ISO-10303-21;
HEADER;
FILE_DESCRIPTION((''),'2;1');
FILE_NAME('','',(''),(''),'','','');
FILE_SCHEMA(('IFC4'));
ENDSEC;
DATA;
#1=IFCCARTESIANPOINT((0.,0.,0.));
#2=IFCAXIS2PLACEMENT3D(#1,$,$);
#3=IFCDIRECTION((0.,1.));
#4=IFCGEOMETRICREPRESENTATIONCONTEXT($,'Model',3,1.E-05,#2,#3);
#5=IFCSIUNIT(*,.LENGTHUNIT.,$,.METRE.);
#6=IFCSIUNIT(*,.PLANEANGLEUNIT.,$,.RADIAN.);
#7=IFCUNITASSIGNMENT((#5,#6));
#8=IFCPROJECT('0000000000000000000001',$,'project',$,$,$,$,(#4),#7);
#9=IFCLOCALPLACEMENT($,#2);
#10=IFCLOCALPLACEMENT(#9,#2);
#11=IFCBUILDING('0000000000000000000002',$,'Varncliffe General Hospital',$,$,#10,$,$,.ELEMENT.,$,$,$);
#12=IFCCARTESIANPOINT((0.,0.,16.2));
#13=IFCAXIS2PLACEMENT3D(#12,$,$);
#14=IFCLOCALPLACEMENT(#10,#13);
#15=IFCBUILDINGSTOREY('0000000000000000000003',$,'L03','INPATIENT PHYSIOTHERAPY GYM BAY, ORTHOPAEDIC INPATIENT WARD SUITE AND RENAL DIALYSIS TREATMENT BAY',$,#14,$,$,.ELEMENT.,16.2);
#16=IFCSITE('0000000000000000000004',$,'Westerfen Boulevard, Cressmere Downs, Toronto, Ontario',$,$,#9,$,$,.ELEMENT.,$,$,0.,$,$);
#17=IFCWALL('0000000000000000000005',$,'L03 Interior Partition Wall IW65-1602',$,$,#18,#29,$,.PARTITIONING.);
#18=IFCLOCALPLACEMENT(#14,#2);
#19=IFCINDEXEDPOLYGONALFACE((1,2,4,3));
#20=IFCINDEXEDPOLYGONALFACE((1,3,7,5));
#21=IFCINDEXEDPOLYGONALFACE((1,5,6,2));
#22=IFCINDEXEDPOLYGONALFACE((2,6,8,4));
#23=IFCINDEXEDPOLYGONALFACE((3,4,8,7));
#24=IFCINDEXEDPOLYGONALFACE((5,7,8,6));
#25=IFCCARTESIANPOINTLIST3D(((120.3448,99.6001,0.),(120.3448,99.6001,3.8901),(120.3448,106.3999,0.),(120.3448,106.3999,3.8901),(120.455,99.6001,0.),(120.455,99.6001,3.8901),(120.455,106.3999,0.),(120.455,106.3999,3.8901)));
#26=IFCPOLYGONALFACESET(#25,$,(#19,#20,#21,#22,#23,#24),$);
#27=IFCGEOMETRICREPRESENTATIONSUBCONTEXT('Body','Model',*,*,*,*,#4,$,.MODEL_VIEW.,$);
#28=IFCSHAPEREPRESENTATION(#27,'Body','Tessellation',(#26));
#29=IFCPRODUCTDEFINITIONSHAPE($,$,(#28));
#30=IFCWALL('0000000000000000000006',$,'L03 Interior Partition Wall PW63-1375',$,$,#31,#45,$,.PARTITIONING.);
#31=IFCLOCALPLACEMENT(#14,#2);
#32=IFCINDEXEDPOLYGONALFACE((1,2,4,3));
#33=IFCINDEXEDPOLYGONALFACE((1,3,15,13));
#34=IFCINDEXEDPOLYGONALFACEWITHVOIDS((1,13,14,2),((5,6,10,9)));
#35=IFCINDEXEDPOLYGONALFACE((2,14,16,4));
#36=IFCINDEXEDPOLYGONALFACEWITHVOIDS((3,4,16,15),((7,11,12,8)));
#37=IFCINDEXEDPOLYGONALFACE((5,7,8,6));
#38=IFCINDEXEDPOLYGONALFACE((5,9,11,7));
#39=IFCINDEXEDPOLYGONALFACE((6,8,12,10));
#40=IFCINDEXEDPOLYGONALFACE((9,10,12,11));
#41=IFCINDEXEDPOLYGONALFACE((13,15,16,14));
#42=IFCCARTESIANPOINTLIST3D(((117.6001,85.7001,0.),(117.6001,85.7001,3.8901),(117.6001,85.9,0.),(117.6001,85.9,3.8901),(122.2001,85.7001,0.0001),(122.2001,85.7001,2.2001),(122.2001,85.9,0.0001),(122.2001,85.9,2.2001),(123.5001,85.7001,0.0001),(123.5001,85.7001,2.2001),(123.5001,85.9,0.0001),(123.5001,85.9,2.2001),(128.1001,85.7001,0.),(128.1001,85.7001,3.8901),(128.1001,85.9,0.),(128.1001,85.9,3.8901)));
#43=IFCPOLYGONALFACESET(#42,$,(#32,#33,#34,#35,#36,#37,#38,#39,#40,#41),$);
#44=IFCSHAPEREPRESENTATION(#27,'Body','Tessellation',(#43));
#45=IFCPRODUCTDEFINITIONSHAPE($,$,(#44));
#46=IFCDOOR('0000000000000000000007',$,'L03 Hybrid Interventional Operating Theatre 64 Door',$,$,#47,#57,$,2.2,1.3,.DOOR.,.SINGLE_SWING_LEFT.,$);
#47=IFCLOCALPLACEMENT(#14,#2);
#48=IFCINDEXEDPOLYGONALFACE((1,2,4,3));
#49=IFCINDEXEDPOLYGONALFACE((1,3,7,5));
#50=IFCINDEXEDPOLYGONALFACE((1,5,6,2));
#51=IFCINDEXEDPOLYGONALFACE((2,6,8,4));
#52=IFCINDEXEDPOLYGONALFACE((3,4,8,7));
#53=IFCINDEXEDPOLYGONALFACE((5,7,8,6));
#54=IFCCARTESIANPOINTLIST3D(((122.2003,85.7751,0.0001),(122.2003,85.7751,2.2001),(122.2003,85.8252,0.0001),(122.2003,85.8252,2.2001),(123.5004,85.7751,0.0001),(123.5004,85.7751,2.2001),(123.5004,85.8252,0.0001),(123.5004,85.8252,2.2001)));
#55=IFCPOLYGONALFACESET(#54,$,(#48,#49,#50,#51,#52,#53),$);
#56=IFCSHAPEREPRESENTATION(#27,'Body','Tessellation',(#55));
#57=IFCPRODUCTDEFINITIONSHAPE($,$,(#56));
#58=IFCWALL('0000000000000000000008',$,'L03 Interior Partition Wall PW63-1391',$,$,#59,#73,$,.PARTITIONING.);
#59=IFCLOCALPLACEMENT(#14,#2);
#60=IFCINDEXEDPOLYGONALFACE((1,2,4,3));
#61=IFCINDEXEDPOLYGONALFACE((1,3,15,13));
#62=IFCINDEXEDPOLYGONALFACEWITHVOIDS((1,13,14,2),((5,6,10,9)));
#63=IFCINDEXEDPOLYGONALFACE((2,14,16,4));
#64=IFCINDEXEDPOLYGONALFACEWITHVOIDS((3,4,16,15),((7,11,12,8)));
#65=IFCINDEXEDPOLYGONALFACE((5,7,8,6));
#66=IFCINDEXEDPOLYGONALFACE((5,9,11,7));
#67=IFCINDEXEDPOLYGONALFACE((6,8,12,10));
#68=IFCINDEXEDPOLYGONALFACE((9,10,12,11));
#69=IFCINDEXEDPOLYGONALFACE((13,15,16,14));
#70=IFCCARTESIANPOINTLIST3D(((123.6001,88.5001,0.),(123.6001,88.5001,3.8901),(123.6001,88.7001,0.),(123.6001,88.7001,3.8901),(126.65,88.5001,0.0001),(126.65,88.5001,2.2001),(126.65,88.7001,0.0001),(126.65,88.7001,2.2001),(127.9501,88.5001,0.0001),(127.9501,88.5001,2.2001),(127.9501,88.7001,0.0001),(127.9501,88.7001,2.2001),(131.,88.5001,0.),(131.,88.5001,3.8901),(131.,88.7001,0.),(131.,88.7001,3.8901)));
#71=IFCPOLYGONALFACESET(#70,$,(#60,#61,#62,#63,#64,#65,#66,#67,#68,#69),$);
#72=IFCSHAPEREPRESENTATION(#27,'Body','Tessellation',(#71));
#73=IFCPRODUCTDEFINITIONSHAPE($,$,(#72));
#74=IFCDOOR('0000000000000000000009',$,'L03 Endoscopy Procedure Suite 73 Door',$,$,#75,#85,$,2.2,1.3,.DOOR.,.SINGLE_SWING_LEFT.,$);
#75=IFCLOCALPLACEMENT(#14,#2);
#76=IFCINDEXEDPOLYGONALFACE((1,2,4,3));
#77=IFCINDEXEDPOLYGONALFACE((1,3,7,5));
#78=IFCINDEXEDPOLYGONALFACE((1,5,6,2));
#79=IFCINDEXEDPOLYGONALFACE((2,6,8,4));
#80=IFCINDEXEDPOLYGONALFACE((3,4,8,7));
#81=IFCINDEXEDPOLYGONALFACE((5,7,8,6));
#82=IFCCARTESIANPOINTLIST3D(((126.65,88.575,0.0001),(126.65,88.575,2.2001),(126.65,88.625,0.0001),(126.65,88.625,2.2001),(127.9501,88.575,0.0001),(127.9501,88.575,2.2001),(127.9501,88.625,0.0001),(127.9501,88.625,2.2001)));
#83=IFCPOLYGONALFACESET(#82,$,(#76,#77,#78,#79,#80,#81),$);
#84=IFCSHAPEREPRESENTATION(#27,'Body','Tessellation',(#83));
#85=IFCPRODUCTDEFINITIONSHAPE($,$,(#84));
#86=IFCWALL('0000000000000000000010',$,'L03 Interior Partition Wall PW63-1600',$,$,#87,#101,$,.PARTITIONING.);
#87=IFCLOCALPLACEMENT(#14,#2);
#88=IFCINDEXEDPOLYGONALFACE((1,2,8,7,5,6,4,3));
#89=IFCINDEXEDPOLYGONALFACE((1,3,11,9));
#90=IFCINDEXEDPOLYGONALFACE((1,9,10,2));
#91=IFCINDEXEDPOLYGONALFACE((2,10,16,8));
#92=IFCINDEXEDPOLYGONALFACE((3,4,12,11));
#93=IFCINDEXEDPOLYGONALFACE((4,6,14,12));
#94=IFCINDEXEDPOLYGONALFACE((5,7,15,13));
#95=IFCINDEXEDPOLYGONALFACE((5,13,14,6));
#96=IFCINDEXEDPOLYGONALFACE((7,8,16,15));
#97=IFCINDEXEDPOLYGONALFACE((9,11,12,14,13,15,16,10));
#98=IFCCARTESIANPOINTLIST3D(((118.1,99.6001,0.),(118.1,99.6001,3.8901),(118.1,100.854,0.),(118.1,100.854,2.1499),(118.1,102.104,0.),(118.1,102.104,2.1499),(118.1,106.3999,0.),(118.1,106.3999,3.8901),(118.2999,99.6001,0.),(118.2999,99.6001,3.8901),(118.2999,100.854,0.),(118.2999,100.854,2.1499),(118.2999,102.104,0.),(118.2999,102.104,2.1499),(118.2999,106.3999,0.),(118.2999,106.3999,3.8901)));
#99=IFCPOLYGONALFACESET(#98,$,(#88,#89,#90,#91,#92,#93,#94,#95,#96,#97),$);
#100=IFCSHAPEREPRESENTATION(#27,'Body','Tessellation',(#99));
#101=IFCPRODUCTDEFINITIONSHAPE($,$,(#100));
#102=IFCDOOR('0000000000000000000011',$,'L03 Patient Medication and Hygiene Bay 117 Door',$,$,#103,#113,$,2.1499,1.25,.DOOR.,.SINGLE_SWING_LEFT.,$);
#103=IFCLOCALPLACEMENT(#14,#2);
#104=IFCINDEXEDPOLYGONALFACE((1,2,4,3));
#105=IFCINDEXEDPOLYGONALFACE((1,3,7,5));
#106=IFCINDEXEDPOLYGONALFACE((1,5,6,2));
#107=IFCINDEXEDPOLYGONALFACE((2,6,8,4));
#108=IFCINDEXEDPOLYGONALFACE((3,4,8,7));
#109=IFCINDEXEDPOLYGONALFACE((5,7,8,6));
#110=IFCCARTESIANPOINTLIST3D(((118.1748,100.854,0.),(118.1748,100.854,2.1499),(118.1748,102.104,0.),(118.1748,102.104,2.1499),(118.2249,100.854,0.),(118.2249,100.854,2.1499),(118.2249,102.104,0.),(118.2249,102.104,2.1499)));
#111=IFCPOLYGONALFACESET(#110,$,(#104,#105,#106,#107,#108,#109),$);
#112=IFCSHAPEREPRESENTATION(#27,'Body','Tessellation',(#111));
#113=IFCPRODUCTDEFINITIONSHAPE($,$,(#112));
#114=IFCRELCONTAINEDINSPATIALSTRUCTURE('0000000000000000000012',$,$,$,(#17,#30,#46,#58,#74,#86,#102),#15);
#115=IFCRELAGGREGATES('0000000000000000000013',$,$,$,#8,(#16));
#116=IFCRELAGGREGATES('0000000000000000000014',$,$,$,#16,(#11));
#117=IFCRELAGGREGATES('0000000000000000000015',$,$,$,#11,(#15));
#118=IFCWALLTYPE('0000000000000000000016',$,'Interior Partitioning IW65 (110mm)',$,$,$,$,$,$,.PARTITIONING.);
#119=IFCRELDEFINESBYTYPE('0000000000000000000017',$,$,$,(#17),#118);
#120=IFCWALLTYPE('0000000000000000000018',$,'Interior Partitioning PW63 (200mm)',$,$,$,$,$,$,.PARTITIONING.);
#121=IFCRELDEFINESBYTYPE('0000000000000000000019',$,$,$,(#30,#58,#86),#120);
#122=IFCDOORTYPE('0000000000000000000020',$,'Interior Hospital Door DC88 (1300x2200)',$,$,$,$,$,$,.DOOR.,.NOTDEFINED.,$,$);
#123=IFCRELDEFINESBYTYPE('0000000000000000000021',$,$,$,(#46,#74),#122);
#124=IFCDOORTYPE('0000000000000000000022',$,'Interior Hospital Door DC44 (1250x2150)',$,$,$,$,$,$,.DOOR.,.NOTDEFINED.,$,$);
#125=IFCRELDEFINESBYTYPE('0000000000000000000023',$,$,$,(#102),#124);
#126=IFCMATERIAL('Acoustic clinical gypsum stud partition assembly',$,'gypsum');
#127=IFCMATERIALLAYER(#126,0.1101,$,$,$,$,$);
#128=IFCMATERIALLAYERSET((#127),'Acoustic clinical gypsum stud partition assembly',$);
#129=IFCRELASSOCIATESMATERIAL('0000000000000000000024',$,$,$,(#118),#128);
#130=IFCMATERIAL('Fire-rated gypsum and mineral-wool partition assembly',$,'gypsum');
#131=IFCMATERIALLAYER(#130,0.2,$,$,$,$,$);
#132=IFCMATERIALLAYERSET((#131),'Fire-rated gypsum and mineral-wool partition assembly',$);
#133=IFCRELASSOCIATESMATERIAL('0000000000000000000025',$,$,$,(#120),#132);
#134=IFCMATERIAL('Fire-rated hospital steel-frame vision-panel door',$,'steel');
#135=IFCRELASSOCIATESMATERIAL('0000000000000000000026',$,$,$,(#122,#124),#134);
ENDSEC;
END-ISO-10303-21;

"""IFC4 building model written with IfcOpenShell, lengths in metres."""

from ifc_helpers import new_model, si_unit, direction, frame, frame_2d, origin, place, context, subcontext, project, spatial, rectangle, extrude, material, layer, layer_set, type_object, element, fill, save


model = new_model("IFC4")

# Units and contexts
model_context = context("Model", 3, precision=1e-05, world=origin(), true_north=direction((0.0, 1.0)))
body_context = subcontext(model_context, "Body", "Model", "MODEL_VIEW")
ifc_project = project(units=[si_unit("LENGTHUNIT", "METRE"), si_unit("PLANEANGLEUNIT", "RADIAN")], contexts=[model_context])

# Site, building, storey
site_placement = place(None, origin())
site = spatial("IfcSite", under=ifc_project, at=site_placement, Name="Westerfen Boulevard, Cressmere Downs, Toronto, Ontario", CompositionType="ELEMENT", RefElevation=0.0)
building_placement = place(site_placement, origin())
building = spatial("IfcBuilding", under=site, at=building_placement, Name="Varncliffe General Hospital", CompositionType="ELEMENT")
storey_placement = place(building_placement, frame((0.0, 0.0, 16.2)))
storey = spatial("IfcBuildingStorey", under=building, at=storey_placement, Name="L03", Description="INPATIENT PHYSIOTHERAPY GYM BAY, ORTHOPAEDIC INPATIENT WARD SUITE AND RENAL DIALYSIS TREATMENT BAY", CompositionType="ELEMENT", Elevation=16.2)

# Wall
ifc_material_1 = material(Name="Acoustic clinical gypsum stud partition assembly", Category="gypsum")
ifc_layer_1 = layer(ifc_material_1, 0.1101)
ifc_layer_set_1 = layer_set([ifc_layer_1], Name="Acoustic clinical gypsum stud partition assembly")
wall_type_1 = type_object("IfcWallType", Name="Interior Partitioning IW65 (110mm)", PredefinedType="PARTITIONING", material=ifc_layer_set_1)
wall_1_placement = place(storey_placement, frame((120.3999, 99.6001, 0.0), z_axis=(0.0, 0.0, 1.0), x_axis=(0.0, 1.0, 0.0)))
element("IfcWall", 1, at=wall_1_placement, inside=storey, type_object=wall_type_1, Name="L03 Interior Partition Wall IW65-1602", PredefinedType="PARTITIONING", context=body_context, shape_type="SweptSolid", body=[
    extrude(rectangle(XDim=6.7998, YDim=0.1101, at=frame_2d((3.3999, 0.0))), origin(), (0.0, 0.0, 1.0), 3.8901),
])

# Walls, openings, doors
ifc_material_2 = material(Name="Fire-rated gypsum and mineral-wool partition assembly", Category="gypsum")
ifc_layer_2 = layer(ifc_material_2, 0.2)
ifc_layer_set_2 = layer_set([ifc_layer_2], Name="Fire-rated gypsum and mineral-wool partition assembly")
wall_type_2 = type_object("IfcWallType", Name="Interior Partitioning PW63 (200mm)", PredefinedType="PARTITIONING", material=ifc_layer_set_2)
wall_2_placement = place(storey_placement, frame((117.6001, 85.8, 0.0), z_axis=(0.0, 0.0, 1.0), x_axis=(1.0, 0.0, 0.0)))
wall_2 = element("IfcWall", 2, at=wall_2_placement, inside=storey, type_object=wall_type_2, Name="L03 Interior Partition Wall PW63-1375", PredefinedType="PARTITIONING", context=body_context, shape_type="SweptSolid", body=[
    extrude(rectangle(XDim=10.5, YDim=0.2, at=frame_2d((5.25, 0.0))), origin(), (0.0, 0.0, 1.0), 3.8901),
])
opening_1_placement = place(wall_2_placement, frame((4.6001, 0.0, 0.0)))
opening_1 = element("IfcOpeningElement", 3, at=opening_1_placement, cuts=wall_2, PredefinedType="OPENING", context=body_context, shape_type="SweptSolid", body=[
    extrude(rectangle(XDim=1.3, YDim=2.2, at=frame_2d((0.6499, 1.1001))), frame((0.0, 0.1099, 0.0), z_axis=(0.0, -1.0, 0.0), x_axis=(1.0, 0.0, 0.0)), (0.0, 0.0, 1.0), 0.22),
])
ifc_material_3 = material(Name="Fire-rated hospital steel-frame vision-panel door", Category="steel")
door_type_1 = type_object("IfcDoorType", Name="Interior Hospital Door DC88 (1300x2200)", OperationType="NOTDEFINED", PredefinedType="DOOR", material=ifc_material_3)
door_1_placement = place(opening_1_placement, frame((1.3, 0.0, 0.0), z_axis=(0.0, 0.0, 1.0), x_axis=(-1.0, 0.0, 0.0)))
door_1 = element("IfcDoor", 4, at=door_1_placement, inside=storey, type_object=door_type_1, Name="L03 Hybrid Interventional Operating Theatre 64 Door", OperationType="SINGLE_SWING_LEFT", OverallHeight=2.2, OverallWidth=1.3, PredefinedType="DOOR", context=body_context, shape_type="SweptSolid", body=[
    extrude(rectangle(XDim=1.3, YDim=2.2, at=frame_2d((0.6499, 1.1001))), frame((0.0, 0.0249, 0.0), z_axis=(0.0, -1.0, 0.0), x_axis=(1.0, 0.0, 0.0)), (0.0, 0.0, 1.0), 0.05),
])
fill(opening_1, door_1)
door_type_2 = type_object("IfcDoorType", Name="Interior Hospital Door DC44 (1250x2150)", OperationType="NOTDEFINED", PredefinedType="DOOR", material=ifc_material_3)
wall_3_placement = place(storey_placement, frame((123.6001, 88.6001, 0.0), z_axis=(0.0, 0.0, 1.0), x_axis=(1.0, 0.0, 0.0)))
wall_3 = element("IfcWall", 5, at=wall_3_placement, inside=storey, type_object=wall_type_2, Name="L03 Interior Partition Wall PW63-1391", PredefinedType="PARTITIONING", context=body_context, shape_type="SweptSolid", body=[
    extrude(rectangle(XDim=7.3999, YDim=0.2, at=frame_2d((3.7, 0.0))), origin(), (0.0, 0.0, 1.0), 3.8901),
])
opening_2_placement = place(wall_3_placement, frame((3.05, 0.0, 0.0)))
opening_2 = element("IfcOpeningElement", 6, at=opening_2_placement, cuts=wall_3, PredefinedType="OPENING", context=body_context, shape_type="SweptSolid", body=[
    extrude(rectangle(XDim=1.3, YDim=2.2, at=frame_2d((0.6499, 1.1001))), frame((0.0, 0.1099, 0.0), z_axis=(0.0, -1.0, 0.0), x_axis=(1.0, 0.0, 0.0)), (0.0, 0.0, 1.0), 0.22),
])
door_2_placement = place(opening_2_placement, origin())
door_2 = element("IfcDoor", 7, at=door_2_placement, inside=storey, type_object=door_type_1, Name="L03 Endoscopy Procedure Suite 73 Door", OperationType="SINGLE_SWING_LEFT", OverallHeight=2.2, OverallWidth=1.3, PredefinedType="DOOR", context=body_context, shape_type="SweptSolid", body=[
    extrude(rectangle(XDim=1.3, YDim=2.2, at=frame_2d((0.6499, 1.1001))), frame((0.0, 0.0249, 0.0), z_axis=(0.0, -1.0, 0.0), x_axis=(1.0, 0.0, 0.0)), (0.0, 0.0, 1.0), 0.05),
])
fill(opening_2, door_2)
wall_4_placement = place(storey_placement, frame((118.2, 99.6001, 0.0), z_axis=(0.0, 0.0, 1.0), x_axis=(0.0, 1.0, 0.0)))
wall_4 = element("IfcWall", 8, at=wall_4_placement, inside=storey, type_object=wall_type_2, Name="L03 Interior Partition Wall PW63-1600", PredefinedType="PARTITIONING", context=body_context, shape_type="SweptSolid", body=[
    extrude(rectangle(XDim=6.7998, YDim=0.2, at=frame_2d((3.3999, 0.0))), origin(), (0.0, 0.0, 1.0), 3.8901),
])
opening_3_placement = place(wall_4_placement, frame((1.2539, 0.0, 0.0)))
opening_3 = element("IfcOpeningElement", 9, at=opening_3_placement, cuts=wall_4, PredefinedType="OPENING", context=body_context, shape_type="SweptSolid", body=[
    extrude(rectangle(XDim=1.25, YDim=2.1499, at=frame_2d((0.625, 1.075))), frame((0.0, 0.1099, 0.0), z_axis=(0.0, -1.0, 0.0), x_axis=(1.0, 0.0, 0.0)), (0.0, 0.0, 1.0), 0.22),
])
door_3_placement = place(opening_3_placement, frame((1.25, 0.0, 0.0), z_axis=(0.0, 0.0, 1.0), x_axis=(-1.0, 0.0, 0.0)))
door_3 = element("IfcDoor", 10, at=door_3_placement, inside=storey, type_object=door_type_2, Name="L03 Patient Medication and Hygiene Bay 117 Door", OperationType="SINGLE_SWING_LEFT", OverallHeight=2.1499, OverallWidth=1.25, PredefinedType="DOOR", context=body_context, shape_type="SweptSolid", body=[
    extrude(rectangle(XDim=1.25, YDim=2.1499, at=frame_2d((0.625, 1.075))), frame((0.0, 0.0249, 0.0), z_axis=(0.0, -1.0, 0.0), x_axis=(1.0, 0.0, 0.0)), (0.0, 0.0, 1.0), 0.05),
])
fill(opening_3, door_3)

save(model, "model.ifc")
